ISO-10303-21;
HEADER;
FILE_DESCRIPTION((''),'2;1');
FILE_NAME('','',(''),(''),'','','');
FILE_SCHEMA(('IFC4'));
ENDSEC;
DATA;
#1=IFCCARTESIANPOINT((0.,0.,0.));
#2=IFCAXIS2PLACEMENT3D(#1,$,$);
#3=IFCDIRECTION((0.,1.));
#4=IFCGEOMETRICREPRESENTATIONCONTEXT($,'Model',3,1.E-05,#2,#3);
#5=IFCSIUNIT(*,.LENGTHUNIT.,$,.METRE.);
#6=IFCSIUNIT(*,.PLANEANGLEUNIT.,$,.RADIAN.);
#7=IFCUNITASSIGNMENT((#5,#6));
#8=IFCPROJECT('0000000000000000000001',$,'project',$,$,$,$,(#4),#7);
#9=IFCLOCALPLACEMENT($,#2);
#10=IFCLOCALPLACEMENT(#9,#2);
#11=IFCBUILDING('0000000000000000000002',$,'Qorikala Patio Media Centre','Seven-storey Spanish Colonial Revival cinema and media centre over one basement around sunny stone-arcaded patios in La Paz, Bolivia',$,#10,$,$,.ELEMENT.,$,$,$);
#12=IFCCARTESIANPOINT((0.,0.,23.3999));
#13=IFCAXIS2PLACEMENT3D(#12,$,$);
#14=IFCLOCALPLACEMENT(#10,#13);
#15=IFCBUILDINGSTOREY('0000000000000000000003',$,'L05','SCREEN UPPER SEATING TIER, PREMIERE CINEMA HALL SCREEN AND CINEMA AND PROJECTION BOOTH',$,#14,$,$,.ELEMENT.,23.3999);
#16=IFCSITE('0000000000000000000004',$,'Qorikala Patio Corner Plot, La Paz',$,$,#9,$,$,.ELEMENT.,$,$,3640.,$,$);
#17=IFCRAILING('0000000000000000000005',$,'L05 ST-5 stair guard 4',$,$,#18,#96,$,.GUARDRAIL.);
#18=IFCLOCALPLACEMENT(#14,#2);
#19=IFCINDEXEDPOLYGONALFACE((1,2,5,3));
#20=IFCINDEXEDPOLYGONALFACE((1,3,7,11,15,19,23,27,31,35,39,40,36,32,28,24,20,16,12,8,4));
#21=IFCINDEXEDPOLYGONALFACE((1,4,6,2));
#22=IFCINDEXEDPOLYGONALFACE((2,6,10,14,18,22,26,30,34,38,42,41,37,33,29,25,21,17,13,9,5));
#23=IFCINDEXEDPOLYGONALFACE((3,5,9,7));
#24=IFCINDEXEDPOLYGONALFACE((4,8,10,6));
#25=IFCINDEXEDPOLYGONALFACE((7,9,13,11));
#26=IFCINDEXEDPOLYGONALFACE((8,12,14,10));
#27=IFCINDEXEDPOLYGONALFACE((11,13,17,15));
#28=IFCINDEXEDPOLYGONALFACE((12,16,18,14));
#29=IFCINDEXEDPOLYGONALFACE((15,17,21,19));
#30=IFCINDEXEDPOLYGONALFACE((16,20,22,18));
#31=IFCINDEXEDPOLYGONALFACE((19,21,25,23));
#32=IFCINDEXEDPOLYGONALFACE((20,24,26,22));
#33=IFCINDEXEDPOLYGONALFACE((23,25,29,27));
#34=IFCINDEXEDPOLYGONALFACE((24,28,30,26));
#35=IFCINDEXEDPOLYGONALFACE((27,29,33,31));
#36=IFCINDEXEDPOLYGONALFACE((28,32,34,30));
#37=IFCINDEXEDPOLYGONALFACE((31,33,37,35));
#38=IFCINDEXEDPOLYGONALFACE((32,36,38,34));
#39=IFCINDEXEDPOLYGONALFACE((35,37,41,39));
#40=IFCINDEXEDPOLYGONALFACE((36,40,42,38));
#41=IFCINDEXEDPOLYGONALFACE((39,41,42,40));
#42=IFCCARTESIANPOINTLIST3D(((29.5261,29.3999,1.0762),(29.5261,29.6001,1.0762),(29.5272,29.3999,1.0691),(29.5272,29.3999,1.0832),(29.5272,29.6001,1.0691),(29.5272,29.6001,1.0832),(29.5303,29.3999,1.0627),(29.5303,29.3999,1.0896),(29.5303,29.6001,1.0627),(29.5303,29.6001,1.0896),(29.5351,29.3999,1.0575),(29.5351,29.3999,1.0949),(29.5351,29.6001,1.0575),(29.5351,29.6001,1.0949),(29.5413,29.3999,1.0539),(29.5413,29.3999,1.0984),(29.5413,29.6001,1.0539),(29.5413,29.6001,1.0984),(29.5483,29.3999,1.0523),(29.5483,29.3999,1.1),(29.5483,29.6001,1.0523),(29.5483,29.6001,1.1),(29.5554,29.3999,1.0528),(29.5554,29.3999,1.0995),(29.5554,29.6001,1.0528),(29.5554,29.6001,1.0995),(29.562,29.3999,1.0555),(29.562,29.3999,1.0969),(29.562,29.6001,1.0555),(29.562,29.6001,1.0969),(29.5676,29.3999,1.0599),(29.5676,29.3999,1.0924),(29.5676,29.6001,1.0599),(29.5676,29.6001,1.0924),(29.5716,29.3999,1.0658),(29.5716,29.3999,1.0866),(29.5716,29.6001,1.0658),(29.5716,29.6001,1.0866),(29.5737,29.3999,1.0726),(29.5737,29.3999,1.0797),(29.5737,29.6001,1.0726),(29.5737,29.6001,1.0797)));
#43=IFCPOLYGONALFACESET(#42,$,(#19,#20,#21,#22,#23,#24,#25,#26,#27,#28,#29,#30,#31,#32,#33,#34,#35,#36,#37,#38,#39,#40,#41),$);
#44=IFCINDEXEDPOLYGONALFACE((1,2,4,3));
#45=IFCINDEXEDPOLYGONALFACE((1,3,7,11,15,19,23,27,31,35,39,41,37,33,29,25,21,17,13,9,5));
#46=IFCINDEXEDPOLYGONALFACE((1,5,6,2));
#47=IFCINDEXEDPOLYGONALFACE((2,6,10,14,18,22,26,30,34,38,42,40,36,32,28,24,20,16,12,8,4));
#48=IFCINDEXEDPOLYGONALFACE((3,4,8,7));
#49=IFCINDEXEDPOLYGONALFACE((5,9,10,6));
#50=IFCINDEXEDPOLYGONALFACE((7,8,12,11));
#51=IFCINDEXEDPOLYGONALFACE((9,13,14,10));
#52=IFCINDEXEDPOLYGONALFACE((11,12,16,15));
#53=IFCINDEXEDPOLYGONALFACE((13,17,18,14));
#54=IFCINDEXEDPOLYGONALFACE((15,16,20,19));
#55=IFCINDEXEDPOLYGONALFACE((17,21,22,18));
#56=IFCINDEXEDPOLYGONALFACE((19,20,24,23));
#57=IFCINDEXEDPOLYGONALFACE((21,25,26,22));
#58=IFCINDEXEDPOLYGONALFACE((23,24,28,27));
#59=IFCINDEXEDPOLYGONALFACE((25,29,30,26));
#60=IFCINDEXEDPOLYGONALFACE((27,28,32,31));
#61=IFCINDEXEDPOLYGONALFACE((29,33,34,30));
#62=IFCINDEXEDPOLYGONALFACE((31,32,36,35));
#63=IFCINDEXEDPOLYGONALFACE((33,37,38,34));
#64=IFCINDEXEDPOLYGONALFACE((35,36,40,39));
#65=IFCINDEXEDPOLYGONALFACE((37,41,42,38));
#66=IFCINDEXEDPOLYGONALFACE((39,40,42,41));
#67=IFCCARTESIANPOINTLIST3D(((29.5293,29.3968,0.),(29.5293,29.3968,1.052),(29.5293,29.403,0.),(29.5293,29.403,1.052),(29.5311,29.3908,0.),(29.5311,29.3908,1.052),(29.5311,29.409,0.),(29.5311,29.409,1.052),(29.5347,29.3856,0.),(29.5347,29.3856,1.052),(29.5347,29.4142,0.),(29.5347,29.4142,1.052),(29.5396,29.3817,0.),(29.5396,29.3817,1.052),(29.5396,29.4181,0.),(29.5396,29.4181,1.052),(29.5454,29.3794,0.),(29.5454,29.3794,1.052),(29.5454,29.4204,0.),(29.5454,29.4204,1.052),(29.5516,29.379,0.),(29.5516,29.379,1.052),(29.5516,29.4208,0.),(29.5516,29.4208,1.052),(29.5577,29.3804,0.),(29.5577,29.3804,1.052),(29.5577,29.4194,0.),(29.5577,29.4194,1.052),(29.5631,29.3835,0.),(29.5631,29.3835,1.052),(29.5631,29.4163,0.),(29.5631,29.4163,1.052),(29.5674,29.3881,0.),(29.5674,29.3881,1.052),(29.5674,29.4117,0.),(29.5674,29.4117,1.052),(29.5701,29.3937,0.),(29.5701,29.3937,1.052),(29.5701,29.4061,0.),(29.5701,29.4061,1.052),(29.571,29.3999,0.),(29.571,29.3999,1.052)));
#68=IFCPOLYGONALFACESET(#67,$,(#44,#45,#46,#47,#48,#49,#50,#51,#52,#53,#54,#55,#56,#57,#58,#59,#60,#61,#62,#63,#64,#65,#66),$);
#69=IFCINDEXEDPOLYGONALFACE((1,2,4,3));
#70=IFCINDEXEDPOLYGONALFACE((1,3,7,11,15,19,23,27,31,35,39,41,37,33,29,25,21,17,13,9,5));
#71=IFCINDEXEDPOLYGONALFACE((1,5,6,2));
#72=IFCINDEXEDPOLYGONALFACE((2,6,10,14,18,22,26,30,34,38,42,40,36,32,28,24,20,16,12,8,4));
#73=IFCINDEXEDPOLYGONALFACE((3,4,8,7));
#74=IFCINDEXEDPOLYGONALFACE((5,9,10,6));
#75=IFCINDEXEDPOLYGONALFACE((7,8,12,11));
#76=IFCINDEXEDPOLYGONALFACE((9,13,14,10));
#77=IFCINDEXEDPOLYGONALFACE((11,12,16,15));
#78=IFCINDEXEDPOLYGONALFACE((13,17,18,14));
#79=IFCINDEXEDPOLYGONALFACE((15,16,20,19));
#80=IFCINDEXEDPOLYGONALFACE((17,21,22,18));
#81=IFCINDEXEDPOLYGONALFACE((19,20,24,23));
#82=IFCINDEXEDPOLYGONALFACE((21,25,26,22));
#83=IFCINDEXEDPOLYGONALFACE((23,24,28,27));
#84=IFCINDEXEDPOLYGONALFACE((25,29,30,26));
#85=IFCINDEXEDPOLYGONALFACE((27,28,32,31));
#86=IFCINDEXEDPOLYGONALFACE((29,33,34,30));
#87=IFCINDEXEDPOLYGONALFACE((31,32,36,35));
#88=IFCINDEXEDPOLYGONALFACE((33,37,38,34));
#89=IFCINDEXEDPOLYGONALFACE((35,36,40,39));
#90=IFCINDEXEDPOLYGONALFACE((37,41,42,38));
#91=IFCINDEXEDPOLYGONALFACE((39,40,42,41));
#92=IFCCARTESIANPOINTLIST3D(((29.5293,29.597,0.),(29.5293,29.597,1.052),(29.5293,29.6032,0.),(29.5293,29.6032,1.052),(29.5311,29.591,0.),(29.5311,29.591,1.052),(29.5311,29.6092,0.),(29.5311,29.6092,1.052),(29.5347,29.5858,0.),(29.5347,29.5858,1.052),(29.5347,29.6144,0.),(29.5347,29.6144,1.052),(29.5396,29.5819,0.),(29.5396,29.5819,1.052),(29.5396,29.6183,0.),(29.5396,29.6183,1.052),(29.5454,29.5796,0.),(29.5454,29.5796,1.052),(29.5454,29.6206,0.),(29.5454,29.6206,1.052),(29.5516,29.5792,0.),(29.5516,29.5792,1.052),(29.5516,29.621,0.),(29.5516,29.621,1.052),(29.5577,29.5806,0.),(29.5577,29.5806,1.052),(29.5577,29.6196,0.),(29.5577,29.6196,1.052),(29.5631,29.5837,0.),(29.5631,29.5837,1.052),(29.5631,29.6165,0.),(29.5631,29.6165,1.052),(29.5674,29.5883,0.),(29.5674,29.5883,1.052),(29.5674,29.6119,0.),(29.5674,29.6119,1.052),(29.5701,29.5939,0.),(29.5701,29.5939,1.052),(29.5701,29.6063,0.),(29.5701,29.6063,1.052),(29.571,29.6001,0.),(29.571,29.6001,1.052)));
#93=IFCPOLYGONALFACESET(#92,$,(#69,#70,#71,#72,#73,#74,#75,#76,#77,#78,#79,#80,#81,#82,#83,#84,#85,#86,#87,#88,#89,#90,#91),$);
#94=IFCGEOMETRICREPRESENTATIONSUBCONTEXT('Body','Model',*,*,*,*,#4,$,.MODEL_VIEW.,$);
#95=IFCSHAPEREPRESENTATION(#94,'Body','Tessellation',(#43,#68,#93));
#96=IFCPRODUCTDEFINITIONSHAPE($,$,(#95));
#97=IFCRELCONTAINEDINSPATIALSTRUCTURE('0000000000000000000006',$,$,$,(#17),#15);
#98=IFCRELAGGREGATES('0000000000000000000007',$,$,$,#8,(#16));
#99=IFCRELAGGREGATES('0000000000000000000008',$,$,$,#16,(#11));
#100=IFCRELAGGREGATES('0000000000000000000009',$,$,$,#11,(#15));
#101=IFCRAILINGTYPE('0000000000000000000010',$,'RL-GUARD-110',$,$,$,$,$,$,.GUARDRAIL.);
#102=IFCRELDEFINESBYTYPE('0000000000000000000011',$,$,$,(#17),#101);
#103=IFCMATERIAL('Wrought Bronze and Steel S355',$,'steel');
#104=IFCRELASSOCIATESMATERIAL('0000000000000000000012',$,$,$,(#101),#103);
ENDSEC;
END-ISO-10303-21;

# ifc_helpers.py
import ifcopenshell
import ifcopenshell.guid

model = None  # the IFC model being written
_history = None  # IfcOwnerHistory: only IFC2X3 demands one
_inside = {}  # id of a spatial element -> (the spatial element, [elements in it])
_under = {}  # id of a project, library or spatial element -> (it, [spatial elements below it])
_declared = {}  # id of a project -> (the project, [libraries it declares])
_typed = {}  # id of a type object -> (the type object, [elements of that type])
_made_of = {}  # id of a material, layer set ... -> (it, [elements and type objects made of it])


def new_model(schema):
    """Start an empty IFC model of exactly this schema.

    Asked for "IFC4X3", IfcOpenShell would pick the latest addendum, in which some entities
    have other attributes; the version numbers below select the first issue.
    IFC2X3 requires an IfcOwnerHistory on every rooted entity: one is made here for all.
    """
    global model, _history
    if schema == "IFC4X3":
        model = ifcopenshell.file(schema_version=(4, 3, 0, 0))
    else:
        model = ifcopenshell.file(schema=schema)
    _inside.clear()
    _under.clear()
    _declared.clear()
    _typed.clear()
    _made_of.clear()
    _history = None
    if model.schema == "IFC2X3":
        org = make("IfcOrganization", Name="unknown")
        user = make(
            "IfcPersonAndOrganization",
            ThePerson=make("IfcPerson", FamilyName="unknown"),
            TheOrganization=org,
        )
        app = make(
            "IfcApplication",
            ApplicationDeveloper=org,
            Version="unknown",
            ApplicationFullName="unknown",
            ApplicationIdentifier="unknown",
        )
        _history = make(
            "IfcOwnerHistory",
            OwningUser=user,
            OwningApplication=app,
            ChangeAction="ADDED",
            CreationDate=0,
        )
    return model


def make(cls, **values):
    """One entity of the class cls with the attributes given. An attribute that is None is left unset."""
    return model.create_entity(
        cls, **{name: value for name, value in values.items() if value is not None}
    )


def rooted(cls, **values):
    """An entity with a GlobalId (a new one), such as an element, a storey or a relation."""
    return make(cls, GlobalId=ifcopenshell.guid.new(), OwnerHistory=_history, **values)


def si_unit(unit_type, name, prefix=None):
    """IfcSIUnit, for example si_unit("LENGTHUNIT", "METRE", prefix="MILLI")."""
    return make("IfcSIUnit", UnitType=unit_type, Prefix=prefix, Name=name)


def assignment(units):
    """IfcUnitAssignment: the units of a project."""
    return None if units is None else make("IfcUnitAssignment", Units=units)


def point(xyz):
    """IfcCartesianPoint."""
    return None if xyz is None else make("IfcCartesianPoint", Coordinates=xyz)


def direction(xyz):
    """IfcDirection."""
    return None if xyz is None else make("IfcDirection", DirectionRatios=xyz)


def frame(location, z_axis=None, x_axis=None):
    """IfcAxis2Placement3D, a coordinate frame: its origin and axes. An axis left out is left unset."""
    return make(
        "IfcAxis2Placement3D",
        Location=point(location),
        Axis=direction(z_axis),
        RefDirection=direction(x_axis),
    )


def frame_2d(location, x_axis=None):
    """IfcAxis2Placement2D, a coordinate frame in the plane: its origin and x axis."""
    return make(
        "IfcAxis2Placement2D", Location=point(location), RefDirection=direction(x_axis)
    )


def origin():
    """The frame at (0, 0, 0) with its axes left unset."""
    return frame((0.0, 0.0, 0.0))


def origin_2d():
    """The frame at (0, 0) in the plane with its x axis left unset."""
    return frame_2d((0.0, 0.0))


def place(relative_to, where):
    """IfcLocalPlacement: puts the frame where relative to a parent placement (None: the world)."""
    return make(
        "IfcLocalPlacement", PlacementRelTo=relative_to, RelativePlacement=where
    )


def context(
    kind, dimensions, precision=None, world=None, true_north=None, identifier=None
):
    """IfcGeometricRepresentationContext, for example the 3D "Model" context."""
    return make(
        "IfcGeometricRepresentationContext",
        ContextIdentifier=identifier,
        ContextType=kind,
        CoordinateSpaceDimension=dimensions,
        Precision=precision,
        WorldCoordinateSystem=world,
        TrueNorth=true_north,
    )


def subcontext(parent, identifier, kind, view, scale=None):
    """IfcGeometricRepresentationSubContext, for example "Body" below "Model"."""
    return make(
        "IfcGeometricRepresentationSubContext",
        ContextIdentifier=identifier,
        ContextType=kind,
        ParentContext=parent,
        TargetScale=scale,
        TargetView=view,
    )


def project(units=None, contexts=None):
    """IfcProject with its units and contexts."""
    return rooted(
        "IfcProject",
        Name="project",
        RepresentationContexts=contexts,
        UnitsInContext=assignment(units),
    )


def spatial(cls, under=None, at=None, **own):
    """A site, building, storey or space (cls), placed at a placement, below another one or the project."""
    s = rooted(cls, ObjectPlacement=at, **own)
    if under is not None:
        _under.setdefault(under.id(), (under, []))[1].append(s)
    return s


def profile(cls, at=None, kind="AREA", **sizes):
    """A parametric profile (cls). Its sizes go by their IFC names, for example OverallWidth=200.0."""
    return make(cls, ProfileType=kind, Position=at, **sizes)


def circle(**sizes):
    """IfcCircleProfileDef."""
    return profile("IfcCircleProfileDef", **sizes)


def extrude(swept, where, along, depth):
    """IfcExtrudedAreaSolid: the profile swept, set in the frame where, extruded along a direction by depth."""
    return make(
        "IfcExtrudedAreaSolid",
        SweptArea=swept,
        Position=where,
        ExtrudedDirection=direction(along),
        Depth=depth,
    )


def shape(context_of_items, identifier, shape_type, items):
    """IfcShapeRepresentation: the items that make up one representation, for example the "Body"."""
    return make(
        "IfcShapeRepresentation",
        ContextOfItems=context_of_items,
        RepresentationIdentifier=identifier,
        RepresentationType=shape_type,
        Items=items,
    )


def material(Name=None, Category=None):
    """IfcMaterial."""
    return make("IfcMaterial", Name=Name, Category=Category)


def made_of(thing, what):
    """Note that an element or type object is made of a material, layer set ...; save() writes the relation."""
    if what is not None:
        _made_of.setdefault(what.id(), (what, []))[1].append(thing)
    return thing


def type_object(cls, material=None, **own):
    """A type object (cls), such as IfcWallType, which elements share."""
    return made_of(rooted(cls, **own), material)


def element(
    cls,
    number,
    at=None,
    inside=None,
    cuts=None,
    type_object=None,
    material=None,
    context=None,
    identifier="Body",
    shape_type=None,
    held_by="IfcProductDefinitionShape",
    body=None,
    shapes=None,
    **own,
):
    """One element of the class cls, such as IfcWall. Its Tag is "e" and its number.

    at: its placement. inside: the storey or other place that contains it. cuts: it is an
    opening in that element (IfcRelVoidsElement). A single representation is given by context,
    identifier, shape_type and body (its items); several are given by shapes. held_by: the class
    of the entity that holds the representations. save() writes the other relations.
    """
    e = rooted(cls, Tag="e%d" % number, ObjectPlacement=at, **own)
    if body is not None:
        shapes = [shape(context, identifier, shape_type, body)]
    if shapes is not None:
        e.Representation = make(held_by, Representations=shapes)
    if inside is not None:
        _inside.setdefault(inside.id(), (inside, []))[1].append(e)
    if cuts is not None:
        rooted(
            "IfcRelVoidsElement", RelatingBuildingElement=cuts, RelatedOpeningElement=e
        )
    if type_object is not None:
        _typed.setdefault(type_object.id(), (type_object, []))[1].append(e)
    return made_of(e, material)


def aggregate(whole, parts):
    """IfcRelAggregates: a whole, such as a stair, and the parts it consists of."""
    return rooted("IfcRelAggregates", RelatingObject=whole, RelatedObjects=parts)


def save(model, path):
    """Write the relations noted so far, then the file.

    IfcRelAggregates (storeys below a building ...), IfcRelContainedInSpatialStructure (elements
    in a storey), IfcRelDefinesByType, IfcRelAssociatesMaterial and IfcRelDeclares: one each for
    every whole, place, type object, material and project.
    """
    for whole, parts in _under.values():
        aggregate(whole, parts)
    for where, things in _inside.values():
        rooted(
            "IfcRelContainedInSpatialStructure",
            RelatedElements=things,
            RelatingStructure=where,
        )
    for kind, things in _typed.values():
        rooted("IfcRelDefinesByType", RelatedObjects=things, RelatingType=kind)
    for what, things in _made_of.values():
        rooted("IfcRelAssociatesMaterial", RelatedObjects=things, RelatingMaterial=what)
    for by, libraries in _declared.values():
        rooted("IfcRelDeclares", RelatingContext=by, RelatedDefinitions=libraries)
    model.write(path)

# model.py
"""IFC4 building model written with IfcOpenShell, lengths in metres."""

from ifc_helpers import new_model, si_unit, direction, frame, origin, origin_2d, place, context, subcontext, project, spatial, circle, extrude, material, type_object, element, save


model = new_model("IFC4")

# Units and contexts
model_context = context("Model", 3, precision=1e-05, world=origin(), true_north=direction((0.0, 1.0)))
body_context = subcontext(model_context, "Body", "Model", "MODEL_VIEW")
ifc_project = project(units=[si_unit("LENGTHUNIT", "METRE"), si_unit("PLANEANGLEUNIT", "RADIAN")], contexts=[model_context])

# Site, building, storey
site_placement = place(None, origin())
site = spatial("IfcSite", under=ifc_project, at=site_placement, Name="Qorikala Patio Corner Plot, La Paz", CompositionType="ELEMENT", RefElevation=3640.0)
building_placement = place(site_placement, origin())
building = spatial("IfcBuilding", under=site, at=building_placement, Name="Qorikala Patio Media Centre", Description="Seven-storey Spanish Colonial Revival cinema and media centre over one basement around sunny stone-arcaded patios in La Paz, Bolivia", CompositionType="ELEMENT")
storey_placement = place(building_placement, frame((0.0, 0.0, 23.3999)))
storey = spatial("IfcBuildingStorey", under=building, at=storey_placement, Name="L05", Description="SCREEN UPPER SEATING TIER, PREMIERE CINEMA HALL SCREEN AND CINEMA AND PROJECTION BOOTH", CompositionType="ELEMENT", Elevation=23.3999)

# Railing
ifc_material_1 = material(Name="Wrought Bronze and Steel S355", Category="steel")
railing_type_1 = type_object("IfcRailingType", Name="RL-GUARD-110", PredefinedType="GUARDRAIL", material=ifc_material_1)
railing_1_placement = place(storey_placement, frame((29.55, 29.3999, 0.0)))
element("IfcRailing", 1, at=railing_1_placement, inside=storey, type_object=railing_type_1, Name="L05 ST-5 stair guard 4", PredefinedType="GUARDRAIL", context=body_context, shape_type="SweptSolid", body=[
    extrude(circle(Radius=0.0239, at=origin_2d()), frame((0.0, 0.0, 1.0762), z_axis=(0.0, 1.0, 0.0), x_axis=(-1.0, 0.0, 0.0)), (0.0, 0.0, 1.0), 0.2002),
    extrude(circle(Radius=0.021, at=origin_2d()), origin(), (0.0, 0.0, 1.0), 1.052),
    extrude(circle(Radius=0.021, at=origin_2d()), frame((0.0, 0.2002, 0.0)), (0.0, 0.0, 1.0), 1.052),
])

save(model, "model.ifc")
